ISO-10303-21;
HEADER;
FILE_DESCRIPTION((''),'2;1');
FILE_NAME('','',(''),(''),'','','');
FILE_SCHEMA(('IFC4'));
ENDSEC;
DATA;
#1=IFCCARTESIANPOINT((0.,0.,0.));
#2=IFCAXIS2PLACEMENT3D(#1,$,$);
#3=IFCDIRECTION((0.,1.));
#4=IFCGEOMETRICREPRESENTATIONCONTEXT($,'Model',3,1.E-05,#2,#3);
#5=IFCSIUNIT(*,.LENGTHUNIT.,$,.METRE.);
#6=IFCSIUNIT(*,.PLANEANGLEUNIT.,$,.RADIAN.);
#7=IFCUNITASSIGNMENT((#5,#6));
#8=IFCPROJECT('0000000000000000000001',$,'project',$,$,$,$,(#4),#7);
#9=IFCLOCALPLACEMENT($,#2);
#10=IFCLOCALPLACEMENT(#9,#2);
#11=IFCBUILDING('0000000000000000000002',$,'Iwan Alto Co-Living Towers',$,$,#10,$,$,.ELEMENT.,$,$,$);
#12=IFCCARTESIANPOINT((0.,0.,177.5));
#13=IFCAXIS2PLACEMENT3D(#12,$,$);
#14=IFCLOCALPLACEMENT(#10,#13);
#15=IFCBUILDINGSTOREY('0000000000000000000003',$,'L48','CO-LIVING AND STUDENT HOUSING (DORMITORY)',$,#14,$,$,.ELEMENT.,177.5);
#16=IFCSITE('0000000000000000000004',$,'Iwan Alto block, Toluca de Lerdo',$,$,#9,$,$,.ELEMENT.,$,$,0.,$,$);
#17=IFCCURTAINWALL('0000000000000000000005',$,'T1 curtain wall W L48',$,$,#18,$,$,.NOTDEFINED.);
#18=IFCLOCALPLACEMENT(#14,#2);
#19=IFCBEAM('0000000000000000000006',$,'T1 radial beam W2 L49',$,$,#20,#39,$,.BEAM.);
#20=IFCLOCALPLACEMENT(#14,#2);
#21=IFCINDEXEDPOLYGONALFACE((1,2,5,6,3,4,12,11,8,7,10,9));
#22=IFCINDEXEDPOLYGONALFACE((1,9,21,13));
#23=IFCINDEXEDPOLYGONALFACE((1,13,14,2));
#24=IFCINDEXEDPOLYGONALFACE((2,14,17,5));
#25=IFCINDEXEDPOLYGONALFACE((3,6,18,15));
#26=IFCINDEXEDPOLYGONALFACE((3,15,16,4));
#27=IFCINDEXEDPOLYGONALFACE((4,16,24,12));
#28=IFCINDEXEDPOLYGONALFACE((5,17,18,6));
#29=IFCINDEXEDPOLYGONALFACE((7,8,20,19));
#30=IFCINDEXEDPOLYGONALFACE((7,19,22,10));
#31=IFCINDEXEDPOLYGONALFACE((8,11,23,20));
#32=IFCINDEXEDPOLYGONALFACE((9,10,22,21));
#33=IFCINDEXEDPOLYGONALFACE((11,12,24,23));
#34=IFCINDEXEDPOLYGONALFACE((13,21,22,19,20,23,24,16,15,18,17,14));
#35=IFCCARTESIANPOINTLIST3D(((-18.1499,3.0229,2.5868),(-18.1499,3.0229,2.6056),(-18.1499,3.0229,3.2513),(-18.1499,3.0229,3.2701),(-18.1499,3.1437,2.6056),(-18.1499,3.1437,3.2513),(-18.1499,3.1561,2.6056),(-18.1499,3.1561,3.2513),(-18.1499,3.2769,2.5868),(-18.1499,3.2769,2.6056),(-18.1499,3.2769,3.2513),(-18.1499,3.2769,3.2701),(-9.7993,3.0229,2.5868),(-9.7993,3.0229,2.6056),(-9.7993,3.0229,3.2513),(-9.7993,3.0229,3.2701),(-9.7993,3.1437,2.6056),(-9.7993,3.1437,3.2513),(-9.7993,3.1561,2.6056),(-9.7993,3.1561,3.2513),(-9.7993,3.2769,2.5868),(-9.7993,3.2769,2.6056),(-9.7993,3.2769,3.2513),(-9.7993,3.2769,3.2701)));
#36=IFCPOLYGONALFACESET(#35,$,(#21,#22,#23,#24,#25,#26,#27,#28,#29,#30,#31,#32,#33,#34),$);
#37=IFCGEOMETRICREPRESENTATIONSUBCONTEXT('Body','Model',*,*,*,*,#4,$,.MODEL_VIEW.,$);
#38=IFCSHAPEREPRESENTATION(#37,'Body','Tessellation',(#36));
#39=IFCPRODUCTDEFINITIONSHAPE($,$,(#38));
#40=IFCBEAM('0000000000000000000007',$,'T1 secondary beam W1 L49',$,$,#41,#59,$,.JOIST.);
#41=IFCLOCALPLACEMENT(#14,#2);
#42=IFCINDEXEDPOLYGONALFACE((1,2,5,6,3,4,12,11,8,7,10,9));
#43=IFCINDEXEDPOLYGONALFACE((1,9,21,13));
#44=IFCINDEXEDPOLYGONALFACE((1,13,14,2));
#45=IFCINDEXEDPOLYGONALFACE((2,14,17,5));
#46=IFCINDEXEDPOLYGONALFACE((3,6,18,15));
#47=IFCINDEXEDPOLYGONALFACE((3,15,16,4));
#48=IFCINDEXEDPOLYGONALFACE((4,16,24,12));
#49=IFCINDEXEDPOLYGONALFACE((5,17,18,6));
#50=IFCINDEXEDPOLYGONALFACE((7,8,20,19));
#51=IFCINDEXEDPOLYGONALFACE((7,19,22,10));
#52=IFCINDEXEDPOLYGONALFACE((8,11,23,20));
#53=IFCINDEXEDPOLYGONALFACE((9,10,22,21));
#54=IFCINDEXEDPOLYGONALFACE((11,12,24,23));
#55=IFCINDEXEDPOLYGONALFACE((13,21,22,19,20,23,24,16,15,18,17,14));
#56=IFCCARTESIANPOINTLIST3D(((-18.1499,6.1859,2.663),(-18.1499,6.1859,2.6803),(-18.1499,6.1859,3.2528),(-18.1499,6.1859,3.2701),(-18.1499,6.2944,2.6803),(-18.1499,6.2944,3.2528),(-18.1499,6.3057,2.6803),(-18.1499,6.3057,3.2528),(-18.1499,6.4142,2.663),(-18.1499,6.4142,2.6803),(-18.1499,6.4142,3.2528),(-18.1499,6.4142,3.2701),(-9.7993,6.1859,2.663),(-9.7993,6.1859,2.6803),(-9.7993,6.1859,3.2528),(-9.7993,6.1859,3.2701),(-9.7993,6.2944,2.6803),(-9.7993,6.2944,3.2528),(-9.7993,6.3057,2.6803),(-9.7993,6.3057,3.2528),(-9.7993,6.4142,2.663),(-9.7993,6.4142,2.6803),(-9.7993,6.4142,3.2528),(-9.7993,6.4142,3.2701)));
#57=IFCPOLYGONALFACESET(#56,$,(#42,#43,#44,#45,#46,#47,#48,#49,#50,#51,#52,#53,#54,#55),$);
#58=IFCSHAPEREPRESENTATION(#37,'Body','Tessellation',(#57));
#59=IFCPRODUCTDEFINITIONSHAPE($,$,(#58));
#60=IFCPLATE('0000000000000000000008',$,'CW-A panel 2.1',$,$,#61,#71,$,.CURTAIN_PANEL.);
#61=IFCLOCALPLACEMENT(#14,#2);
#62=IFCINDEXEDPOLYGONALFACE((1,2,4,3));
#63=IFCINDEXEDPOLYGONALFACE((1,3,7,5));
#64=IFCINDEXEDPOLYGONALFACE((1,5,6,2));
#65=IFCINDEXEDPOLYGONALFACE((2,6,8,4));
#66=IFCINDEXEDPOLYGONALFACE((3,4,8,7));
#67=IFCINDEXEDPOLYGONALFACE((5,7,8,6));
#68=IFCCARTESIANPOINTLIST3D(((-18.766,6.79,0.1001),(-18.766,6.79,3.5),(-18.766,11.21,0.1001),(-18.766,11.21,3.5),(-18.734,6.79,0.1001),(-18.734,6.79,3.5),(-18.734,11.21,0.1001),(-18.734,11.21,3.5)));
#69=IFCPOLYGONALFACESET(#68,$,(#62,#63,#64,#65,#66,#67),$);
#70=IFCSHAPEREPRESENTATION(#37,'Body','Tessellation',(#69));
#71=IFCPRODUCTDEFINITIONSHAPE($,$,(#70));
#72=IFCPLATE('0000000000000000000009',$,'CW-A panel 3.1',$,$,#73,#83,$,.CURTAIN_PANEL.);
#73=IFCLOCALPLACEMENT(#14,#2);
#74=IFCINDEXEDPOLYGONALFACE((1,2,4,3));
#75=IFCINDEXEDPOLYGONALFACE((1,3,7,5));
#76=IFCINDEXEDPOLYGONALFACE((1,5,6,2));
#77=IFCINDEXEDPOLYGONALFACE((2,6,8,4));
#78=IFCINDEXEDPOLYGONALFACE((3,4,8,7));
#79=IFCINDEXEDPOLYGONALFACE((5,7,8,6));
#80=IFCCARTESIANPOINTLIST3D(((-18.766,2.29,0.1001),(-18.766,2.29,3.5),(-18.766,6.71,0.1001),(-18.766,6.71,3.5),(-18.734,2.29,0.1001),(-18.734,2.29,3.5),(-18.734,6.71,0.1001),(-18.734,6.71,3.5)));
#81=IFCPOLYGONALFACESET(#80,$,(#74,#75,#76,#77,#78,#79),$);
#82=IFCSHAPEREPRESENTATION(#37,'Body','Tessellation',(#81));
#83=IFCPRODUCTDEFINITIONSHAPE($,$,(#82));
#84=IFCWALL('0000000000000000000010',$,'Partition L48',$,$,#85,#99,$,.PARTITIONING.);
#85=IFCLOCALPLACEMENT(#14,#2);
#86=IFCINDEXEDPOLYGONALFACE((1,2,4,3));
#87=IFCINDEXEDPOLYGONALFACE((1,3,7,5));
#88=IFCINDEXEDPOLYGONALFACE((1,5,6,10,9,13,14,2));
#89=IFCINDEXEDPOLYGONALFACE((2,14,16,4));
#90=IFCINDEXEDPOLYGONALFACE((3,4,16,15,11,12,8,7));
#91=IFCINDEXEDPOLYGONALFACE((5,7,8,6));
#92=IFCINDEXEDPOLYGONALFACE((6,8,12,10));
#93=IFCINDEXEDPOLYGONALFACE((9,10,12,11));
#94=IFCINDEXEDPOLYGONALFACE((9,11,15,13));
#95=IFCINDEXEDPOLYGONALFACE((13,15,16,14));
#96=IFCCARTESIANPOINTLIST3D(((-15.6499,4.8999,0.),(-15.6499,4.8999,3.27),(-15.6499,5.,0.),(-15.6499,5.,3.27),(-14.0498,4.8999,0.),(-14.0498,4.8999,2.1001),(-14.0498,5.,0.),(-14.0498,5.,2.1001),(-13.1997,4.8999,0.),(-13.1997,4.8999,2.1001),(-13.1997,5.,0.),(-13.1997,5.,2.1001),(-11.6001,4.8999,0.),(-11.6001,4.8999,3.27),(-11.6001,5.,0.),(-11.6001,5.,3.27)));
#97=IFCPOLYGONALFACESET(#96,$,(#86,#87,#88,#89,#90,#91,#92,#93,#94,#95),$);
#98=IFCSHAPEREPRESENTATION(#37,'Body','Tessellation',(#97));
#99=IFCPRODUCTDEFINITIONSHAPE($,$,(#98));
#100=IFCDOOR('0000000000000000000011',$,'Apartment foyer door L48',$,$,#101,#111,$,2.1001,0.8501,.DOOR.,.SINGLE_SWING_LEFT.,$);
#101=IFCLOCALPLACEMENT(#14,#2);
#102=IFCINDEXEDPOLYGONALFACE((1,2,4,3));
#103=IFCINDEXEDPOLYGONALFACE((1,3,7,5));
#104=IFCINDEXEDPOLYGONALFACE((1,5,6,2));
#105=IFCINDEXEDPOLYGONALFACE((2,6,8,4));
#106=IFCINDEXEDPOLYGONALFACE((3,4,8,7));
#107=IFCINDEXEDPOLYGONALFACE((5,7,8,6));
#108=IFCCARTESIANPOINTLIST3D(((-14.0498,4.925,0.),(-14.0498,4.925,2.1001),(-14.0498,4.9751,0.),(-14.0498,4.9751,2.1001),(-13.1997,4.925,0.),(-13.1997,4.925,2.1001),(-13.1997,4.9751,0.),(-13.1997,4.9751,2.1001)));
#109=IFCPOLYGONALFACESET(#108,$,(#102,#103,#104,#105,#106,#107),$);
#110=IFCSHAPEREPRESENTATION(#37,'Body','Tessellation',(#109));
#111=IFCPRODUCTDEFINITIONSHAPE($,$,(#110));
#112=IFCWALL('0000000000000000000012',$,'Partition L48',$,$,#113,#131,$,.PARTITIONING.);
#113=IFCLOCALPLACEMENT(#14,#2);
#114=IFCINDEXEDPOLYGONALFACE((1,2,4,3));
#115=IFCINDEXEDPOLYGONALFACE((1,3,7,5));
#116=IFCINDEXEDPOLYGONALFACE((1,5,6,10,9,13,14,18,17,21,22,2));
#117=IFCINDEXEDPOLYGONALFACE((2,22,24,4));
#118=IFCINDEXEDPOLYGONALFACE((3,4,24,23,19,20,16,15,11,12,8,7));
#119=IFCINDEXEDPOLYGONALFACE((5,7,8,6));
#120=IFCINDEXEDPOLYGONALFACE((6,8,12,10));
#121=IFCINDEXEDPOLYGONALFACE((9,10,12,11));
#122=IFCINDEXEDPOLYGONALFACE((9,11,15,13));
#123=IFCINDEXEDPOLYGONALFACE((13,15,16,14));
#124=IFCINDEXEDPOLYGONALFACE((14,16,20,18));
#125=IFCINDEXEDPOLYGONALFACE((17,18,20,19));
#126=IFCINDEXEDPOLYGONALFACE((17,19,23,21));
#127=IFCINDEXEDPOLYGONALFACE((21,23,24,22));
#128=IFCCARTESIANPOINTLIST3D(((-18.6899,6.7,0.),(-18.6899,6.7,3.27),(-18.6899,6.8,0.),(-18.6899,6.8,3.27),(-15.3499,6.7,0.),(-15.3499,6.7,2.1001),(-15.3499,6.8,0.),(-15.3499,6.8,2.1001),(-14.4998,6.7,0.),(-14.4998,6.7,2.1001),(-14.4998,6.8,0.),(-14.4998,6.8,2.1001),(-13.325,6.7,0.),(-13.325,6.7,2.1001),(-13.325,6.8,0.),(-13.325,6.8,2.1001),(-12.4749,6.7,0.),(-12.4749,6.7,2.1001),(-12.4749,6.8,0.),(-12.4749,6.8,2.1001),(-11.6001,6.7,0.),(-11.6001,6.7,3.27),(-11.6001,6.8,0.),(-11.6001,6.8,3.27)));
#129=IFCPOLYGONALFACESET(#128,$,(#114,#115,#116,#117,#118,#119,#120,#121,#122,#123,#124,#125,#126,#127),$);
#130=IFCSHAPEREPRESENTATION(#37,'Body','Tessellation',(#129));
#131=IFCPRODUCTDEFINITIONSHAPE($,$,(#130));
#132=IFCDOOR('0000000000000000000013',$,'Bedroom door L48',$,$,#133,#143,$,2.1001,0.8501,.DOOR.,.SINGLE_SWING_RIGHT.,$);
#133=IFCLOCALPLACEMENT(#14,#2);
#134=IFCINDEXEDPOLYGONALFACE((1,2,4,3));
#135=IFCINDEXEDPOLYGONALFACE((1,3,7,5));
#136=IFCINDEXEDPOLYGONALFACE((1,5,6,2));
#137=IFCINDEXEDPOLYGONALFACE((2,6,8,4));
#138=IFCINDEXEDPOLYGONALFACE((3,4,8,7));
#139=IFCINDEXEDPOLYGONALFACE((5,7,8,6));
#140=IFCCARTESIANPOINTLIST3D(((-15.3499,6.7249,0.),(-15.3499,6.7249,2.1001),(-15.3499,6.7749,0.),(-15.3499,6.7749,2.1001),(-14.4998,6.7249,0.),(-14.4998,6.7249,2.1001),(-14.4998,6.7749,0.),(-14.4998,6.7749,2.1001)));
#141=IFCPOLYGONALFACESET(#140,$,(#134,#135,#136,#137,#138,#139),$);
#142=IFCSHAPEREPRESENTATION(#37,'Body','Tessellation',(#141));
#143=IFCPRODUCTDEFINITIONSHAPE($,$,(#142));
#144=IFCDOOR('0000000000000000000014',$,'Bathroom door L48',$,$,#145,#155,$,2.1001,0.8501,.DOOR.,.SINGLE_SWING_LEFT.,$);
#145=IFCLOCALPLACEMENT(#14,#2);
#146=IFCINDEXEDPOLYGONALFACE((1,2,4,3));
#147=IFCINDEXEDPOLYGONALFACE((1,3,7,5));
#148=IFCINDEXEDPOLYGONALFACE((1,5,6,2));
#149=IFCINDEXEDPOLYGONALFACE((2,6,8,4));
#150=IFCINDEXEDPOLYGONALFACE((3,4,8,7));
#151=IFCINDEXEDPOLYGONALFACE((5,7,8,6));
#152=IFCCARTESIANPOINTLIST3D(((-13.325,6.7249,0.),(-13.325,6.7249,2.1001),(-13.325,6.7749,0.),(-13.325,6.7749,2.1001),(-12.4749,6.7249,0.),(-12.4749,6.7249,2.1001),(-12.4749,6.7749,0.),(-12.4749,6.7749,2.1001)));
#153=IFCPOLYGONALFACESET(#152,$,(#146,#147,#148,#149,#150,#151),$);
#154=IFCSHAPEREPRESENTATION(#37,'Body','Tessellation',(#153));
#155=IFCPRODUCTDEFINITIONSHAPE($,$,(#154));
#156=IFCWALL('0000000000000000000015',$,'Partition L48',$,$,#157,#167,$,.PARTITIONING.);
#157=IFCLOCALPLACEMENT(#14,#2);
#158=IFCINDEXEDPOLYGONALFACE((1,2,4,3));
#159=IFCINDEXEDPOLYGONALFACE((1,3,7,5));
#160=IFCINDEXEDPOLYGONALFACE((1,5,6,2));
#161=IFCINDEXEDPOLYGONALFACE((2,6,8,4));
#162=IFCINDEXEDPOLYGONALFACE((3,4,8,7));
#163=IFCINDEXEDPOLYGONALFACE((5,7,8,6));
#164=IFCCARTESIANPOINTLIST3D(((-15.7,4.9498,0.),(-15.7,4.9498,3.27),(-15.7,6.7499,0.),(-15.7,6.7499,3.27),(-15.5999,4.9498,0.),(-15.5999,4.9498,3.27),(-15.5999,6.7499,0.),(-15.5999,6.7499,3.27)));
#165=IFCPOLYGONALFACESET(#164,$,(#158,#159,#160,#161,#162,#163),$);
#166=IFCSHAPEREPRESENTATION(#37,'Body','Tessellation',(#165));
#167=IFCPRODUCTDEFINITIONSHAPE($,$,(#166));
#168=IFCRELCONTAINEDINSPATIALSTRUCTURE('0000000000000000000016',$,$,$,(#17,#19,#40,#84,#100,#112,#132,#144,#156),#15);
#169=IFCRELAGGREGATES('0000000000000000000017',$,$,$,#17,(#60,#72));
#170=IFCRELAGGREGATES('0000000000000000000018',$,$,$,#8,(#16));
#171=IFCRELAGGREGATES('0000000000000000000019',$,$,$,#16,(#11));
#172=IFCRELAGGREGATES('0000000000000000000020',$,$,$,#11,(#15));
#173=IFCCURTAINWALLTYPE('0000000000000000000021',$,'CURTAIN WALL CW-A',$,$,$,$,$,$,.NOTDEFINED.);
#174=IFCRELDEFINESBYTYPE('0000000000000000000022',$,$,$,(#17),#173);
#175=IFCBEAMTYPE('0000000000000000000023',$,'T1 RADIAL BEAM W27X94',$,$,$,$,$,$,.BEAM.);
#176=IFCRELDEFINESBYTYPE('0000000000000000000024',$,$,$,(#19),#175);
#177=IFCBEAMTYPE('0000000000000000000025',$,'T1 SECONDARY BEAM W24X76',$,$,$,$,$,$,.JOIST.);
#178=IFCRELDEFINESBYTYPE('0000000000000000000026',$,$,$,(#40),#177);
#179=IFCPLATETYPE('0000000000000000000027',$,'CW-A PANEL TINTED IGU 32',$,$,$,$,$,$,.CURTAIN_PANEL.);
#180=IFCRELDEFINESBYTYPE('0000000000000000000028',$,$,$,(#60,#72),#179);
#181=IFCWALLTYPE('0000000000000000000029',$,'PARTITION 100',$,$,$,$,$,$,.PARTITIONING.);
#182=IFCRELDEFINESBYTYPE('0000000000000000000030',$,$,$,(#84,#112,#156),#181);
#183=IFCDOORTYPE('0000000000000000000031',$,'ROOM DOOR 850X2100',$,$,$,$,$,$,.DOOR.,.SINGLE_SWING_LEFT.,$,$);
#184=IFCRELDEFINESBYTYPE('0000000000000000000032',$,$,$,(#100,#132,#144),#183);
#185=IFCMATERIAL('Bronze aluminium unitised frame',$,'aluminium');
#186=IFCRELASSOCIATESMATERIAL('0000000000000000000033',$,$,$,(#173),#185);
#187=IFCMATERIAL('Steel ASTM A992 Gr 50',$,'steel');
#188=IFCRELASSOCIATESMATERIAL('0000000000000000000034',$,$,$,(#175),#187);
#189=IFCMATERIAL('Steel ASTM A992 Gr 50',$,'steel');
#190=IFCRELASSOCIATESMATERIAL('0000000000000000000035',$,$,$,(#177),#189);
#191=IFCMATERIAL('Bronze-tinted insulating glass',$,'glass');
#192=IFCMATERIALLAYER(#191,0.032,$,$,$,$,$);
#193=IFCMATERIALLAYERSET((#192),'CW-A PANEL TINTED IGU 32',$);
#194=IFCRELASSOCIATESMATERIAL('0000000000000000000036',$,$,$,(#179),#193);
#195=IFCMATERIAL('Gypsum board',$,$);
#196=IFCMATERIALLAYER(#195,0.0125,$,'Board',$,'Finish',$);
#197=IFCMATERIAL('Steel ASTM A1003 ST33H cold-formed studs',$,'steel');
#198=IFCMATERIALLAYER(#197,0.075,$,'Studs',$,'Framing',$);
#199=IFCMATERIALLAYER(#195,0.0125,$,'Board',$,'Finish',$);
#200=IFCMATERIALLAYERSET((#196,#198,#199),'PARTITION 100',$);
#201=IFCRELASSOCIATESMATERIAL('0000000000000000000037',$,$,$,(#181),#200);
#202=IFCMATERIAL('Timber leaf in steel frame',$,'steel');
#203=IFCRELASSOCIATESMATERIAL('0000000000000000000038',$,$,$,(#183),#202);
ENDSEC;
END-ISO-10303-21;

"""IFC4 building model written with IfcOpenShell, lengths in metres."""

from ifc_helpers import new_model, si_unit, direction, frame, frame_2d, origin, origin_2d, place, context, subcontext, project, spatial, rectangle, i_section, extrude, material, layer, layer_set, material_profile, profile_set, type_object, element, fill, aggregate, save


model = new_model("IFC4")

# Units and contexts
model_context = context("Model", 3, precision=1e-05, world=origin(), true_north=direction((0.0, 1.0)))
body_context = subcontext(model_context, "Body", "Model", "MODEL_VIEW")
ifc_project = project(units=[si_unit("LENGTHUNIT", "METRE"), si_unit("PLANEANGLEUNIT", "RADIAN")], contexts=[model_context])

# Site, building, storey
site_placement = place(None, origin())
site = spatial("IfcSite", under=ifc_project, at=site_placement, Name="Iwan Alto block, Toluca de Lerdo", CompositionType="ELEMENT", RefElevation=0.0)
building_placement = place(site_placement, origin())
building = spatial("IfcBuilding", under=site, at=building_placement, Name="Iwan Alto Co-Living Towers", CompositionType="ELEMENT")
storey_placement = place(building_placement, frame((0.0, 0.0, 177.5)))
storey = spatial("IfcBuildingStorey", under=building, at=storey_placement, Name="L48", Description="CO-LIVING AND STUDENT HOUSING (DORMITORY)", CompositionType="ELEMENT", Elevation=177.5)

# Curtain wall
ifc_material_1 = material(Name="Bronze aluminium unitised frame", Category="aluminium")
curtain_wall_type = type_object("IfcCurtainWallType", Name="CURTAIN WALL CW-A", PredefinedType="NOTDEFINED", material=ifc_material_1)
curtain_wall_placement = place(storey_placement, origin())
curtain_wall = element("IfcCurtainWall", 1, at=curtain_wall_placement, inside=storey, type_object=curtain_wall_type, Name="T1 curtain wall W L48", PredefinedType="NOTDEFINED")

# Beams
ifc_material_2 = material(Name="Steel ASTM A992 Gr 50", Category="steel")
ifc_material_profile_1 = material_profile(ifc_material_2, i_section(OverallWidth=0.2539, OverallDepth=0.6833, WebThickness=0.0125, FlangeThickness=0.0188, at=origin_2d()), Name="W27X94")
ifc_profile_set_1 = profile_set([ifc_material_profile_1], Name="Steel ASTM A992 Gr 50")
beam_type_1 = type_object("IfcBeamType", Name="T1 RADIAL BEAM W27X94", PredefinedType="BEAM", material=ifc_profile_set_1)
for number, where, z_axis, x_axis, name in (
    (2, (-18.1499, 3.1499, 2.9285), (1.0, 0.0, 0.0), (0.0, 1.0, 0.0), "T1 radial beam W2 L49"),
):
    element("IfcBeam", number, at=place(storey_placement, frame(where, z_axis=z_axis, x_axis=x_axis)), inside=storey, type_object=beam_type_1, Name=name, PredefinedType="BEAM", context=body_context, shape_type="SweptSolid", body=[
        extrude(i_section(OverallWidth=0.2539, OverallDepth=0.6833, WebThickness=0.0125, FlangeThickness=0.0188, at=origin_2d()), origin(), (0.0, 0.0, 1.0), 8.3506),
    ])
ifc_material_3 = material(Name="Steel ASTM A992 Gr 50", Category="steel")
ifc_material_profile_2 = material_profile(ifc_material_3, i_section(OverallWidth=0.2283, OverallDepth=0.6072, WebThickness=0.0112, FlangeThickness=0.0173, at=origin_2d()), Name="W24X76")
ifc_profile_set_2 = profile_set([ifc_material_profile_2], Name="Steel ASTM A992 Gr 50")
beam_type_2 = type_object("IfcBeamType", Name="T1 SECONDARY BEAM W24X76", PredefinedType="JOIST", material=ifc_profile_set_2)
beam_1_placement = place(storey_placement, frame((-18.1499, 6.3, 2.9666), z_axis=(1.0, 0.0, 0.0), x_axis=(0.0, 1.0, 0.0)))
element("IfcBeam", 3, at=beam_1_placement, inside=storey, type_object=beam_type_2, Name="T1 secondary beam W1 L49", PredefinedType="JOIST", context=body_context, shape_type="SweptSolid", body=[
    extrude(i_section(OverallWidth=0.2283, OverallDepth=0.6072, WebThickness=0.0112, FlangeThickness=0.0173, at=origin_2d()), origin(), (0.0, 0.0, 1.0), 8.3506),
])

# Plates
ifc_material_4 = material(Name="Bronze-tinted insulating glass", Category="glass")
ifc_layer_1 = layer(ifc_material_4, 0.032)
ifc_layer_set_1 = layer_set([ifc_layer_1], Name="CW-A PANEL TINTED IGU 32")
plate_type = type_object("IfcPlateType", Name="CW-A PANEL TINTED IGU 32", PredefinedType="CURTAIN_PANEL", material=ifc_layer_set_1)
plate_1_placement = place(storey_placement, frame((-18.75, 9.0, 0.1001), z_axis=(0.0, 0.0, 1.0), x_axis=(0.0, -1.0, 0.0)))
plate_1 = element("IfcPlate", 4, at=plate_1_placement, type_object=plate_type, Name="CW-A panel 2.1", PredefinedType="CURTAIN_PANEL", context=body_context, shape_type="SweptSolid", body=[
    extrude(rectangle(XDim=4.4199, YDim=0.032, at=origin_2d()), origin(), (0.0, 0.0, 1.0), 3.3999),
])
plate_2_placement = place(storey_placement, frame((-18.75, 4.5, 0.1001), z_axis=(0.0, 0.0, 1.0), x_axis=(0.0, -1.0, 0.0)))
plate_2 = element("IfcPlate", 5, at=plate_2_placement, type_object=plate_type, Name="CW-A panel 3.1", PredefinedType="CURTAIN_PANEL", context=body_context, shape_type="SweptSolid", body=[
    extrude(rectangle(XDim=4.4199, YDim=0.032, at=origin_2d()), origin(), (0.0, 0.0, 1.0), 3.3999),
])
aggregate(curtain_wall, [plate_1, plate_2])

# Wall, opening, door
ifc_material_5 = material(Name="Gypsum board")
ifc_layer_2 = layer(ifc_material_5, 0.0125, Name="Board", Category="Finish")
ifc_material_6 = material(Name="Steel ASTM A1003 ST33H cold-formed studs", Category="steel")
ifc_layer_3 = layer(ifc_material_6, 0.075, Name="Studs", Category="Framing")
ifc_layer_4 = layer(ifc_material_5, 0.0125, Name="Board", Category="Finish")
ifc_layer_set_2 = layer_set([ifc_layer_2, ifc_layer_3, ifc_layer_4], Name="PARTITION 100")
wall_type = type_object("IfcWallType", Name="PARTITION 100", PredefinedType="PARTITIONING", material=ifc_layer_set_2)
wall_1_placement = place(storey_placement, frame((-15.6499, 4.95, 0.0), z_axis=(0.0, 0.0, 1.0), x_axis=(1.0, 0.0, 0.0)))
wall_1 = element("IfcWall", 6, at=wall_1_placement, inside=storey, type_object=wall_type, Name="Partition L48", PredefinedType="PARTITIONING", context=body_context, shape_type="SweptSolid", body=[
    extrude(rectangle(XDim=4.0498, YDim=0.1001, at=frame_2d((2.0249, 0.0))), origin(), (0.0, 0.0, 1.0), 3.27),
])
opening_1_placement = place(wall_1_placement, frame((1.6001, 0.0, 0.0)))
opening_1 = element("IfcOpeningElement", 7, at=opening_1_placement, cuts=wall_1, PredefinedType="OPENING", context=body_context, shape_type="SweptSolid", body=[
    extrude(rectangle(XDim=0.8501, YDim=2.1001, at=frame_2d((0.425, 1.05))), frame((0.0, 0.0601, 0.0), z_axis=(0.0, -1.0, 0.0), x_axis=(1.0, 0.0, 0.0)), (0.0, 0.0, 1.0), 0.1201),
])
ifc_material_7 = material(Name="Timber leaf in steel frame", Category="steel")
door_type = type_object("IfcDoorType", Name="ROOM DOOR 850X2100", OperationType="SINGLE_SWING_LEFT", PredefinedType="DOOR", material=ifc_material_7)
door_1_placement = place(opening_1_placement, frame((0.8501, 0.0, 0.0), z_axis=(0.0, 0.0, 1.0), x_axis=(-1.0, 0.0, 0.0)))
door_1 = element("IfcDoor", 8, at=door_1_placement, inside=storey, type_object=door_type, Name="Apartment foyer door L48", OperationType="SINGLE_SWING_LEFT", OverallHeight=2.1001, OverallWidth=0.8501, PredefinedType="DOOR", context=body_context, shape_type="SweptSolid", body=[
    extrude(rectangle(XDim=0.8501, YDim=2.1001, at=frame_2d((0.425, 1.05))), frame((0.0, 0.0249, 0.0), z_axis=(0.0, -1.0, 0.0), x_axis=(1.0, 0.0, 0.0)), (0.0, 0.0, 1.0), 0.05),
])
fill(opening_1, door_1)

# Wall, openings, doors
wall_2_placement = place(storey_placement, frame((-18.6899, 6.75, 0.0), z_axis=(0.0, 0.0, 1.0), x_axis=(1.0, 0.0, 0.0)))
wall_2 = element("IfcWall", 9, at=wall_2_placement, inside=storey, type_object=wall_type, Name="Partition L48", PredefinedType="PARTITIONING", context=body_context, shape_type="SweptSolid", body=[
    extrude(rectangle(XDim=7.0898, YDim=0.1001, at=frame_2d((3.5449, 0.0))), origin(), (0.0, 0.0, 1.0), 3.27),
])
opening_2_placement = place(wall_2_placement, frame((3.3401, 0.0, 0.0)))
opening_2 = element("IfcOpeningElement", 10, at=opening_2_placement, cuts=wall_2, PredefinedType="OPENING", context=body_context, shape_type="SweptSolid", body=[
    extrude(rectangle(XDim=0.8501, YDim=2.1001, at=frame_2d((0.425, 1.05))), frame((0.0, 0.0601, 0.0), z_axis=(0.0, -1.0, 0.0), x_axis=(1.0, 0.0, 0.0)), (0.0, 0.0, 1.0), 0.1201),
])
opening_3_placement = place(wall_2_placement, frame((5.365, 0.0, 0.0)))
opening_3 = element("IfcOpeningElement", 11, at=opening_3_placement, cuts=wall_2, PredefinedType="OPENING", context=body_context, shape_type="SweptSolid", body=[
    extrude(rectangle(XDim=0.8501, YDim=2.1001, at=frame_2d((0.425, 1.05))), frame((0.0, 0.0601, 0.0), z_axis=(0.0, -1.0, 0.0), x_axis=(1.0, 0.0, 0.0)), (0.0, 0.0, 1.0), 0.1201),
])
door_2_placement = place(opening_2_placement, origin())
door_2 = element("IfcDoor", 12, at=door_2_placement, inside=storey, type_object=door_type, Name="Bedroom door L48", OperationType="SINGLE_SWING_RIGHT", OverallHeight=2.1001, OverallWidth=0.8501, PredefinedType="DOOR", context=body_context, shape_type="SweptSolid", body=[
    extrude(rectangle(XDim=0.8501, YDim=2.1001, at=frame_2d((0.425, 1.05))), frame((0.0, 0.0249, 0.0), z_axis=(0.0, -1.0, 0.0), x_axis=(1.0, 0.0, 0.0)), (0.0, 0.0, 1.0), 0.05),
])
fill(opening_2, door_2)
door_3_placement = place(opening_3_placement, origin())
door_3 = element("IfcDoor", 13, at=door_3_placement, inside=storey, type_object=door_type, Name="Bathroom door L48", OperationType="SINGLE_SWING_LEFT", OverallHeight=2.1001, OverallWidth=0.8501, PredefinedType="DOOR", context=body_context, shape_type="SweptSolid", body=[
    extrude(rectangle(XDim=0.8501, YDim=2.1001, at=frame_2d((0.425, 1.05))), frame((0.0, 0.0249, 0.0), z_axis=(0.0, -1.0, 0.0), x_axis=(1.0, 0.0, 0.0)), (0.0, 0.0, 1.0), 0.05),
])
fill(opening_3, door_3)

# Wall
wall_3_placement = place(storey_placement, frame((-15.6499, 4.95, 0.0), z_axis=(0.0, 0.0, 1.0), x_axis=(0.0, 1.0, 0.0)))
element("IfcWall", 14, at=wall_3_placement, inside=storey, type_object=wall_type, Name="Partition L48", PredefinedType="PARTITIONING", context=body_context, shape_type="SweptSolid", body=[
    extrude(rectangle(XDim=1.8, YDim=0.1001, at=frame_2d((0.8999, 0.0))), origin(), (0.0, 0.0, 1.0), 3.27),
])

save(model, "model.ifc")
